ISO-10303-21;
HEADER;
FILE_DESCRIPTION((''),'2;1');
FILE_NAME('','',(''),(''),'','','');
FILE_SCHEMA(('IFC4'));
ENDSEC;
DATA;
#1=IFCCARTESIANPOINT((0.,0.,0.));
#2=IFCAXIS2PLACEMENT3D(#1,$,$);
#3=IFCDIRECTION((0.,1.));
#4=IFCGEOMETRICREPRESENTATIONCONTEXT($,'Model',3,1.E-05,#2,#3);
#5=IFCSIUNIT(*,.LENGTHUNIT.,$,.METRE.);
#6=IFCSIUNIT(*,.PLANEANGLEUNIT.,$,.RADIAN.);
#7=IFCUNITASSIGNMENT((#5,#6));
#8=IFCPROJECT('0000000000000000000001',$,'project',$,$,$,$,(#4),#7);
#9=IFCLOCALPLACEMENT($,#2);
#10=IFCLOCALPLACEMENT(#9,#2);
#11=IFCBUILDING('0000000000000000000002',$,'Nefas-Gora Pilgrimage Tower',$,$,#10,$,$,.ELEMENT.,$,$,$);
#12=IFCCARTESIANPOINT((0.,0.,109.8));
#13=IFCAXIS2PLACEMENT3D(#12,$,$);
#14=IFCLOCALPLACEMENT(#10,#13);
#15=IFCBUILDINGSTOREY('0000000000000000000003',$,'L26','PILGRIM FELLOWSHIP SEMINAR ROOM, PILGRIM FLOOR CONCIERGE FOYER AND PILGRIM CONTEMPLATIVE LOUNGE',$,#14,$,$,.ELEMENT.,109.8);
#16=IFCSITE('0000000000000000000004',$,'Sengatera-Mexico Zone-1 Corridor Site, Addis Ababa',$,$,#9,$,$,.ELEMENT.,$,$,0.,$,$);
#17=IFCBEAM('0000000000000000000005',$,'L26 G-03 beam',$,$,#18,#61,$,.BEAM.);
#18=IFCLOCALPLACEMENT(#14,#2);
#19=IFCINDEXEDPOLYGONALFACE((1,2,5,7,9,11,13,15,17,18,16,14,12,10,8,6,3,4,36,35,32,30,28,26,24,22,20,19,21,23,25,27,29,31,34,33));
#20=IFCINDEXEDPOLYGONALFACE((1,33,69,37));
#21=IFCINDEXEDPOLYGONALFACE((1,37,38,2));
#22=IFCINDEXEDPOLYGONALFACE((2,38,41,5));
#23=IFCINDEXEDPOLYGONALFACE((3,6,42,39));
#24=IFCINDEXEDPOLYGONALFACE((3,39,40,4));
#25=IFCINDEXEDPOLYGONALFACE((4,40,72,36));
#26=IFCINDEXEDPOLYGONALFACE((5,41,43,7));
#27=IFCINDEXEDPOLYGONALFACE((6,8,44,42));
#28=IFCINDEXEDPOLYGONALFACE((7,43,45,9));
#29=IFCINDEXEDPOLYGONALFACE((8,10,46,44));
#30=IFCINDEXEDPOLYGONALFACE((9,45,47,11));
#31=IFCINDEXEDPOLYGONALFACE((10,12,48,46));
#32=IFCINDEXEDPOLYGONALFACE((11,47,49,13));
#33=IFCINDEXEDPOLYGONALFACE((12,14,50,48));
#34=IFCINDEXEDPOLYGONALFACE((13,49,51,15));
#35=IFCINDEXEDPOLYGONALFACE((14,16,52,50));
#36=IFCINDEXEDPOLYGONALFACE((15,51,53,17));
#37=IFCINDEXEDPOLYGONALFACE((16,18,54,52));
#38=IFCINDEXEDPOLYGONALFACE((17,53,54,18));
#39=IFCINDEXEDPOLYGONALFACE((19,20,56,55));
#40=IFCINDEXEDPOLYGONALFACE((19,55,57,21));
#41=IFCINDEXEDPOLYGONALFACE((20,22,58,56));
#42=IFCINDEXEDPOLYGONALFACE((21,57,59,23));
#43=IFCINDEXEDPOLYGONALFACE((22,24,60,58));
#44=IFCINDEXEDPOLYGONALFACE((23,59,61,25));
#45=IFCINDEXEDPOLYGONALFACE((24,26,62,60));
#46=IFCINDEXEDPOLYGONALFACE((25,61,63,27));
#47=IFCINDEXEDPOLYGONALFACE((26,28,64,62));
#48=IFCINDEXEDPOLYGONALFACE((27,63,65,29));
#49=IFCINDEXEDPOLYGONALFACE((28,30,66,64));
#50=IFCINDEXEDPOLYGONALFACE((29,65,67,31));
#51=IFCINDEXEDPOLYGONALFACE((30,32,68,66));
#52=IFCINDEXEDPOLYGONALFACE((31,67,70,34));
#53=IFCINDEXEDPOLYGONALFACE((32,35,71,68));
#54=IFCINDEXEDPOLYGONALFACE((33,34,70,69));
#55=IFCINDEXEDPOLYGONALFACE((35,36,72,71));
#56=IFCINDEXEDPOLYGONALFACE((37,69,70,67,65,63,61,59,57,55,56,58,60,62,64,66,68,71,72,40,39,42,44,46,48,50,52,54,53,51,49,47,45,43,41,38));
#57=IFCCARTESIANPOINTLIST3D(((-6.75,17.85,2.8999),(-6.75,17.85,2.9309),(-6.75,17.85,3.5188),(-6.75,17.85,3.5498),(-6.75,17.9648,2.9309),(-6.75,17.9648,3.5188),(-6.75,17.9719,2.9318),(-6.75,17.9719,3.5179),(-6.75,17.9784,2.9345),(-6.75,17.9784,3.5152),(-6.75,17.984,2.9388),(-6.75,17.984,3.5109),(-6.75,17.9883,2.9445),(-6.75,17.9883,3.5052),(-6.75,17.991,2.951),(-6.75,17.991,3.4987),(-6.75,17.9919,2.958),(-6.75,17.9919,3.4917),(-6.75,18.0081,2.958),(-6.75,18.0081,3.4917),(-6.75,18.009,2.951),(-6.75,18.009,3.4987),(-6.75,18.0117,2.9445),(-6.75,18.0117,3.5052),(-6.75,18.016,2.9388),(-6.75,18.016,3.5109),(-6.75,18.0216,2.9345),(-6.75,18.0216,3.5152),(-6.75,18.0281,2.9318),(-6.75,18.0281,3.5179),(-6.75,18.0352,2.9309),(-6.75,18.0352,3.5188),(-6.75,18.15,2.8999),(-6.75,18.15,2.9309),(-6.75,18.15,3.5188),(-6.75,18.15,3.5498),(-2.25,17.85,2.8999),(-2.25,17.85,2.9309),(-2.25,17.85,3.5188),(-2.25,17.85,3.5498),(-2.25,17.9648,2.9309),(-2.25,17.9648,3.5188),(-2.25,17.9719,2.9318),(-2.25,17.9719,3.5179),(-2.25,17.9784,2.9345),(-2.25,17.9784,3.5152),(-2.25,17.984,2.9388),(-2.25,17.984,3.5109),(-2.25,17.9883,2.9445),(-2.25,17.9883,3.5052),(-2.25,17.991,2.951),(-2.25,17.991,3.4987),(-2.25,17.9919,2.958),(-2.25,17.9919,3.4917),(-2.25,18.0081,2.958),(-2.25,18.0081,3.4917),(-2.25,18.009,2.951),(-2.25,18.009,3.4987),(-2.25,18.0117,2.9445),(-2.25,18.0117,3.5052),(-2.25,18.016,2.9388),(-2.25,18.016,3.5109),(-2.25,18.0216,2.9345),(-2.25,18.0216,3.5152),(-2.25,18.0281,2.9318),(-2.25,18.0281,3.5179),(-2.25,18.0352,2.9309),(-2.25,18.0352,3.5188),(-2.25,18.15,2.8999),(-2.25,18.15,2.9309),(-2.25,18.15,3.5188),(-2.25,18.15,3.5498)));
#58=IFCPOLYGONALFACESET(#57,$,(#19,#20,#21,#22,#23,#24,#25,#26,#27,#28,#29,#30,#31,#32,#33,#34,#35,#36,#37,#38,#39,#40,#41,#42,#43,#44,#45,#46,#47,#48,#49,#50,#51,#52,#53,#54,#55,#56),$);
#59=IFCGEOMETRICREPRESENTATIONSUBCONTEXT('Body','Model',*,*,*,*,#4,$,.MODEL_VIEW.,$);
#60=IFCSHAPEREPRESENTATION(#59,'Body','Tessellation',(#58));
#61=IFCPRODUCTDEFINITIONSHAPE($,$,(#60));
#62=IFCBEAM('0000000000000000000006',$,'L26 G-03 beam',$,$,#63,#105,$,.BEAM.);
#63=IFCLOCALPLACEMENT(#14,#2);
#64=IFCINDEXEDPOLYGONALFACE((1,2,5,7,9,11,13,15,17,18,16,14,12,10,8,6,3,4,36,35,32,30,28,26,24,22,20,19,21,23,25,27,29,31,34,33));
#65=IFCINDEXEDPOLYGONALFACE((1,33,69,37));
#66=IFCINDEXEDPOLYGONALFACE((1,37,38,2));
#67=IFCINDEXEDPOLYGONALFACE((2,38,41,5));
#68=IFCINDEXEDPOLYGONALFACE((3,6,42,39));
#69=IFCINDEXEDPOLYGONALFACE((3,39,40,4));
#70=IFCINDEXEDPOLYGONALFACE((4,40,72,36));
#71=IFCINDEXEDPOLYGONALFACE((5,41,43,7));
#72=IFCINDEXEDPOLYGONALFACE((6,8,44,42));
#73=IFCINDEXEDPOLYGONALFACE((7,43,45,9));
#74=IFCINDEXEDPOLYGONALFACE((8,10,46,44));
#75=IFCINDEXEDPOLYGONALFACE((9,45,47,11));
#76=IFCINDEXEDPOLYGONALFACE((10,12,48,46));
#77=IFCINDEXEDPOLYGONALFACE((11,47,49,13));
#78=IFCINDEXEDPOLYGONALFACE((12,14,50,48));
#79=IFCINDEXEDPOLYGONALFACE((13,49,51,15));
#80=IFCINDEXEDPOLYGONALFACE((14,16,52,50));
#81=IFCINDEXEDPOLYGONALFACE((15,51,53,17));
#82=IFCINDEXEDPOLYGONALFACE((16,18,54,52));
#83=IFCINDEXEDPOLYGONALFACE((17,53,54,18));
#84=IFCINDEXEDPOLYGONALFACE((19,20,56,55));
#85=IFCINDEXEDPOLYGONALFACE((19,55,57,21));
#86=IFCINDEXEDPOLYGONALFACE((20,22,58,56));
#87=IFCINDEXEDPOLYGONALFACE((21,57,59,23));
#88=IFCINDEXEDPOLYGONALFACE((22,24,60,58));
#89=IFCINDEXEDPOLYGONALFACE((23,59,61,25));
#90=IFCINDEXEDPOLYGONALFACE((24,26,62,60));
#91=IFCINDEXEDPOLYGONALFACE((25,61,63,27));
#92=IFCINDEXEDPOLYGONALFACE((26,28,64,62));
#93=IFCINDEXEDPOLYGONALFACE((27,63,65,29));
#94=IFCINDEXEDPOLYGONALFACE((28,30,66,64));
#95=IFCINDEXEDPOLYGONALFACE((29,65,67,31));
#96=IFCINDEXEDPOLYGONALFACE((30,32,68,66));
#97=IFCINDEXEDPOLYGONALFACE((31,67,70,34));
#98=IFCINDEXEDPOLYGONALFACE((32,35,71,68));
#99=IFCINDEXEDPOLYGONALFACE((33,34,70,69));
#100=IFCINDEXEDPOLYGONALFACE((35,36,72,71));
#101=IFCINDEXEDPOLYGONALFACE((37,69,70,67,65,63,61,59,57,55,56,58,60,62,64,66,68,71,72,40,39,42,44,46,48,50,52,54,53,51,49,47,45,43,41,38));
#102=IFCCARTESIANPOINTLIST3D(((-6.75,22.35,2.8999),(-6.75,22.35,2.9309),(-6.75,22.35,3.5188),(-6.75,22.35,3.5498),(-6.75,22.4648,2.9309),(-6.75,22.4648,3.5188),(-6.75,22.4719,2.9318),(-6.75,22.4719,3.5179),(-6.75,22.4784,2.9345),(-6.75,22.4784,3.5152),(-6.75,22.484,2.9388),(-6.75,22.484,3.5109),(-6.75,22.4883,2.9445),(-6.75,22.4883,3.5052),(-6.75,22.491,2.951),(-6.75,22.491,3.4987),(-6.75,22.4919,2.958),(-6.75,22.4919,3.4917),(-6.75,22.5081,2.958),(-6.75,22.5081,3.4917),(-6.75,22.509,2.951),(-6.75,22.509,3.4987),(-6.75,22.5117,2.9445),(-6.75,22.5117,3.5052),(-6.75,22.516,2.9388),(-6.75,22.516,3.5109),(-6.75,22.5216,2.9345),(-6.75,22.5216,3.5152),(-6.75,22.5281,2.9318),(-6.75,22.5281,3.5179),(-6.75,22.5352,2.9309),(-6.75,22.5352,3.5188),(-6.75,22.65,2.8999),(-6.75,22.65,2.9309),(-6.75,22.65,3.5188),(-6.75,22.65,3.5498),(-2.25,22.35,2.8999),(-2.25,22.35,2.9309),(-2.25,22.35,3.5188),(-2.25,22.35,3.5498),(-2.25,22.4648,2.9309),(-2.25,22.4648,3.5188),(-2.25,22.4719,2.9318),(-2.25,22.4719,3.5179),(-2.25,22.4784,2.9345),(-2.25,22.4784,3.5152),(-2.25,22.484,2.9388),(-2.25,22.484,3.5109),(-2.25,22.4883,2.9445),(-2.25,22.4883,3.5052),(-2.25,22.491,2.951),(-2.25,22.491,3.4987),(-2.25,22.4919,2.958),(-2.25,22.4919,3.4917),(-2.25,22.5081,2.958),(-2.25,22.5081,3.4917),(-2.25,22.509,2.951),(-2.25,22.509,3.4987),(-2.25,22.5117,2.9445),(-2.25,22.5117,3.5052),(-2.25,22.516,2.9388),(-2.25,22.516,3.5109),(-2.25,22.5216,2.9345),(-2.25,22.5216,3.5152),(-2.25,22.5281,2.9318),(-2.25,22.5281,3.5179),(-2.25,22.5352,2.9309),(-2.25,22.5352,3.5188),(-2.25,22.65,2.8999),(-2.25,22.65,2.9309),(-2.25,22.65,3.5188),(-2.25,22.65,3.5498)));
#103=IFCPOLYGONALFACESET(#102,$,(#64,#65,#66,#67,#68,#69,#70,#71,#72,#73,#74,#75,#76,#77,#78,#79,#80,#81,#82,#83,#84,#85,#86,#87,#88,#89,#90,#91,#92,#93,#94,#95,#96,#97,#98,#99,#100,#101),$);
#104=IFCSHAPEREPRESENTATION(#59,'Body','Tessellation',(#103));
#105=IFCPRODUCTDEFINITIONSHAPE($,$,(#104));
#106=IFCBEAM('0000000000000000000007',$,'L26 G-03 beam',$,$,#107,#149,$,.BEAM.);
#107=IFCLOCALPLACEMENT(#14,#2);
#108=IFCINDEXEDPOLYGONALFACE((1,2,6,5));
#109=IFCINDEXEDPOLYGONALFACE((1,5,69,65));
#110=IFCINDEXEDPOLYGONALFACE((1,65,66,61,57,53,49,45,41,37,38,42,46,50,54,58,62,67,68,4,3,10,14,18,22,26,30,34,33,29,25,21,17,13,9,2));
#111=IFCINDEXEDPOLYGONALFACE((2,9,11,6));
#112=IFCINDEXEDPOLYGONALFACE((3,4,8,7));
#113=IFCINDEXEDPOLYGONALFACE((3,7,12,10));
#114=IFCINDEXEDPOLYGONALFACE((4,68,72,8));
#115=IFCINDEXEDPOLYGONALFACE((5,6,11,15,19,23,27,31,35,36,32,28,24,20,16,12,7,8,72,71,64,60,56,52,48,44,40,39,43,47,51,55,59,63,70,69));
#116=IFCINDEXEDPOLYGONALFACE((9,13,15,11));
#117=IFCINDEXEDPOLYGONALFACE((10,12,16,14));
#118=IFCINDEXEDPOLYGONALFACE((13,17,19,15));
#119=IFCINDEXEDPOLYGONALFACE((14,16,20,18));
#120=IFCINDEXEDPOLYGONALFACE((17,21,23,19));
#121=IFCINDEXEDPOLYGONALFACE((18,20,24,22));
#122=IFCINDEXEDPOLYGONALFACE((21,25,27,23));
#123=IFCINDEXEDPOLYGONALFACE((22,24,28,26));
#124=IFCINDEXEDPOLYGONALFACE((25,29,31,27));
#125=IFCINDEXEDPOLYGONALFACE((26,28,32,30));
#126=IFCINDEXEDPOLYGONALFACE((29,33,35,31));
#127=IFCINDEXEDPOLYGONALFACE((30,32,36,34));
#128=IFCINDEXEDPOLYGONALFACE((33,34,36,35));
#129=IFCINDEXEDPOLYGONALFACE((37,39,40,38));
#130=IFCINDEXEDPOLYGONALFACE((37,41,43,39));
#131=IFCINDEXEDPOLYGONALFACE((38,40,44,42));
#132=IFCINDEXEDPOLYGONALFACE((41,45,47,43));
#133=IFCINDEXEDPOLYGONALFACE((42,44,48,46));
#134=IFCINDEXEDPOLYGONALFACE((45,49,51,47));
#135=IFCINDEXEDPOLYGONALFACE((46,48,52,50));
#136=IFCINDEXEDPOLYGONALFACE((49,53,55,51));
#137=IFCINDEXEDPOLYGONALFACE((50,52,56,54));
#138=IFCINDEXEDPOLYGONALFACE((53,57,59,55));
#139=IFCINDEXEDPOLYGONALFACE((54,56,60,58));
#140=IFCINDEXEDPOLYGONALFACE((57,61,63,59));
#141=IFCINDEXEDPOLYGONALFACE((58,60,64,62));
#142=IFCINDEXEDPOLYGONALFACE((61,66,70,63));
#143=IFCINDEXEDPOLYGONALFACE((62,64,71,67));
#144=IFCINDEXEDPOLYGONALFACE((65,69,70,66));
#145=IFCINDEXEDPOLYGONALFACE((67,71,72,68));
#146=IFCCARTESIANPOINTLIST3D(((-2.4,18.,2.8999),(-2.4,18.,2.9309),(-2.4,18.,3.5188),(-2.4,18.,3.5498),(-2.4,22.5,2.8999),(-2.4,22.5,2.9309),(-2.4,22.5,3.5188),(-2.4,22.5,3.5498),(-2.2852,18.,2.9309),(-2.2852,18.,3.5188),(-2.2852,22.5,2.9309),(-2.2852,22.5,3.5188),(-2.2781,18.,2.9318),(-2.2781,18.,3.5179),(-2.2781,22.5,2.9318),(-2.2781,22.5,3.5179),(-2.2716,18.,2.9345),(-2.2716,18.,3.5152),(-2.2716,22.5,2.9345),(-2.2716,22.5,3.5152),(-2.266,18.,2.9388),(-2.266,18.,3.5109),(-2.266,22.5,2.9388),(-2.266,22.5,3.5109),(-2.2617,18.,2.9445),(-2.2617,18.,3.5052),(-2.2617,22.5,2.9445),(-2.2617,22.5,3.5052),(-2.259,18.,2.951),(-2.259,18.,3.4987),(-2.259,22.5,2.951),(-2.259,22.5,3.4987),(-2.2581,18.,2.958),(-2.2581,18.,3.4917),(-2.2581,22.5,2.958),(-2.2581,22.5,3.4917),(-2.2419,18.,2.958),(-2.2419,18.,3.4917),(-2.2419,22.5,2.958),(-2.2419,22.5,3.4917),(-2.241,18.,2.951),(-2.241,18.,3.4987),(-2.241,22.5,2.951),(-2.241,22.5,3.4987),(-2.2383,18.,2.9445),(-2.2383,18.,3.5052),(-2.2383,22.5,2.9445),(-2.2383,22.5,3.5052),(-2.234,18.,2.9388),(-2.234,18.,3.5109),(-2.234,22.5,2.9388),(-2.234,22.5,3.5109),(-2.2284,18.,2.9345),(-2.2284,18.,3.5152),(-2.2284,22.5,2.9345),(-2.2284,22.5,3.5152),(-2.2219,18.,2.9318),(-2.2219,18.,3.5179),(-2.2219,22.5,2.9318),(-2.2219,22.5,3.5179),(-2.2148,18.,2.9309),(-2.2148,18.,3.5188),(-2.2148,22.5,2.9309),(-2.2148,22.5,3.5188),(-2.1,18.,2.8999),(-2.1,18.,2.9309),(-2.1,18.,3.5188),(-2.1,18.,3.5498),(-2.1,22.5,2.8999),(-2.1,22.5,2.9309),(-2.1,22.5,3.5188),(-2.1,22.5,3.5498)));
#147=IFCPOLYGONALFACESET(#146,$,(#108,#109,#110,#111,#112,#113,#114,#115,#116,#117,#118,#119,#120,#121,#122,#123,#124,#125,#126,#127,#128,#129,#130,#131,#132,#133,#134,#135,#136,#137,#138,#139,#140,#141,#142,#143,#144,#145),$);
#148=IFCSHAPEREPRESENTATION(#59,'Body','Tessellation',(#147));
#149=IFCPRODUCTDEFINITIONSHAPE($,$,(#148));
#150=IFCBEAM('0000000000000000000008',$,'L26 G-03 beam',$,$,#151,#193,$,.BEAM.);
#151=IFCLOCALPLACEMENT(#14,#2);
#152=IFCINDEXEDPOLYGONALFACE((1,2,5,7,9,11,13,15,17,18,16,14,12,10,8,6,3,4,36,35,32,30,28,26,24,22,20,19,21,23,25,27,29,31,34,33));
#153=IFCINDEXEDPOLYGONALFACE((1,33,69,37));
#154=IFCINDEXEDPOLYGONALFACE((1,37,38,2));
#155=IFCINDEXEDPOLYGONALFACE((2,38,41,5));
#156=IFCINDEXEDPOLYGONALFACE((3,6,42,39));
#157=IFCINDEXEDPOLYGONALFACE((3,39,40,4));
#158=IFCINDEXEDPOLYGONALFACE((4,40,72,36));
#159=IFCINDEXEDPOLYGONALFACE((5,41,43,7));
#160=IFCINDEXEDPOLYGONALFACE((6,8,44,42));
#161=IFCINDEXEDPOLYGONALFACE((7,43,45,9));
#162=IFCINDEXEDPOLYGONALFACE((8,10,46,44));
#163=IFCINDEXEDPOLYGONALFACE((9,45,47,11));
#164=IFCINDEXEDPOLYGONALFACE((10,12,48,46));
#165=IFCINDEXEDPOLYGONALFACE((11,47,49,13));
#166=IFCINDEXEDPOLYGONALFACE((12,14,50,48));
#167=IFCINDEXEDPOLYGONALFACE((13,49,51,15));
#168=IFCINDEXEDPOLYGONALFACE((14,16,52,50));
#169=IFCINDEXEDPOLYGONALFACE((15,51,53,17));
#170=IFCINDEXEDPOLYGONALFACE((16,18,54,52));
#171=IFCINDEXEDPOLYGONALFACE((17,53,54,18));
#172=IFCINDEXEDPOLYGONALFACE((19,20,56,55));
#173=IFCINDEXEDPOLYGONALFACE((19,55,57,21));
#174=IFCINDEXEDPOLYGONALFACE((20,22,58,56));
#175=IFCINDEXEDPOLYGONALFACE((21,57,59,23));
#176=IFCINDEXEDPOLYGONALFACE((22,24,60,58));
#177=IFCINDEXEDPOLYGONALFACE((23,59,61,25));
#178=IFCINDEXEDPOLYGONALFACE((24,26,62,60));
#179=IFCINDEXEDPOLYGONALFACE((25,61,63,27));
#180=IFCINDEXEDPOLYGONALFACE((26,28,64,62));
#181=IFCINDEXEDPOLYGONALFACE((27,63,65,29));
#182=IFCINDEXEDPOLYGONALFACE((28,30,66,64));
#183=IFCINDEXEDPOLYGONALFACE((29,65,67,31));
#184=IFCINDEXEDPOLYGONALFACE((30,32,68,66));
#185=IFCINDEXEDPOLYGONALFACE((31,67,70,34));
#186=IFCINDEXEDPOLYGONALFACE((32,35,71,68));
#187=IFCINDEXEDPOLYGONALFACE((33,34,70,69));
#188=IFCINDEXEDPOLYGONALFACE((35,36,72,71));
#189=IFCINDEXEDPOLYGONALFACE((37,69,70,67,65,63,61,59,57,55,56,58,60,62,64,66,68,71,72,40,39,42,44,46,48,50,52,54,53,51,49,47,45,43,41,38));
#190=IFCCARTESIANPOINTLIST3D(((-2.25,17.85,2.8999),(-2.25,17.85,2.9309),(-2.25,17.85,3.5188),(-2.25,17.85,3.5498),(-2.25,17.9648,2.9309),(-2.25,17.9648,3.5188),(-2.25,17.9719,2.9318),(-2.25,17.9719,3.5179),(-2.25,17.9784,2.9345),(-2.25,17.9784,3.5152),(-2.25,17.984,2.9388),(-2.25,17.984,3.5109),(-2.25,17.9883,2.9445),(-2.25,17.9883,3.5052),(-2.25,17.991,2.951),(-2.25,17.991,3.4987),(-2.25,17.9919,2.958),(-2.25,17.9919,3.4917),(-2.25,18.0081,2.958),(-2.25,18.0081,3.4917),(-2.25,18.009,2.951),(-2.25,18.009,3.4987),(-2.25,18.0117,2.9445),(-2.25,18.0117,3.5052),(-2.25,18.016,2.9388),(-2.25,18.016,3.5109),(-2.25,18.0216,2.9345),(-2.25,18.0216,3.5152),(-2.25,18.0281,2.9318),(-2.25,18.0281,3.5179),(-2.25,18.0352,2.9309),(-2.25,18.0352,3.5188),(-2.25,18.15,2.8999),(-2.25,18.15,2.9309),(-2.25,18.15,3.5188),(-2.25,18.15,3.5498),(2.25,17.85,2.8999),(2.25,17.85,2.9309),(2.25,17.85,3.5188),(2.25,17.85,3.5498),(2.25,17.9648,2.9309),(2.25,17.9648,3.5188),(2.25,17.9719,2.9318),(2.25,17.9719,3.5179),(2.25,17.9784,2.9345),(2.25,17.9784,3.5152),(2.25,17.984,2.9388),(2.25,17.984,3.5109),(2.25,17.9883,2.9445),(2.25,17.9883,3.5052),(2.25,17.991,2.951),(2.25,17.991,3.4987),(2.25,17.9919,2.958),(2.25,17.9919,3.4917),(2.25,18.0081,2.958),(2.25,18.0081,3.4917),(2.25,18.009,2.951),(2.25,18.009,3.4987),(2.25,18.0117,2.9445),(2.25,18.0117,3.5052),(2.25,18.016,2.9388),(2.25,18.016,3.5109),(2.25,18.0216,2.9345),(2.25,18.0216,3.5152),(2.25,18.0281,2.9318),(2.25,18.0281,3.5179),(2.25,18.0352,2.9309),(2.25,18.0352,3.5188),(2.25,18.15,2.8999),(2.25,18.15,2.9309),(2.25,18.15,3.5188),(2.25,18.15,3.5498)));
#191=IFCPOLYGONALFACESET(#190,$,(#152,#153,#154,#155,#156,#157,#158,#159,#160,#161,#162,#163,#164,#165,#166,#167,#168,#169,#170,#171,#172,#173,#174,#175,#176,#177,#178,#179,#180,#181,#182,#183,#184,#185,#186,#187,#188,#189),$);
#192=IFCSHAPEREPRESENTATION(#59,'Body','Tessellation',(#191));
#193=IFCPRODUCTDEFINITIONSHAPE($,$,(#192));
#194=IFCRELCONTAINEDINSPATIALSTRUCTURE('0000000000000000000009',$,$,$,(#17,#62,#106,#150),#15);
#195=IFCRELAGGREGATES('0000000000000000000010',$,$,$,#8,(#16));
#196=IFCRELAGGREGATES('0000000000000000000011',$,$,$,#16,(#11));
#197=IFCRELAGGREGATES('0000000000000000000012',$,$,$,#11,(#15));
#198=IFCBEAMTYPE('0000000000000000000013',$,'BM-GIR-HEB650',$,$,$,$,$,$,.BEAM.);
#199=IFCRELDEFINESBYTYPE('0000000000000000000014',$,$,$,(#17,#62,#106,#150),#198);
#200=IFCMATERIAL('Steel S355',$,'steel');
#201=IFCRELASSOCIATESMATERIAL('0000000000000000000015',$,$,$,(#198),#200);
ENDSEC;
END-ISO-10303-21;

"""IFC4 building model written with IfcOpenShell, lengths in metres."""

from ifc_helpers import new_model, si_unit, direction, frame, origin, origin_2d, place, context, subcontext, project, spatial, i_section, extrude, source, transform, mapped, material, material_profile, profile_set, type_object, element, save


model = new_model("IFC4")

# Units and contexts
model_context = context("Model", 3, precision=1e-05, world=origin(), true_north=direction((0.0, 1.0)))
body_context = subcontext(model_context, "Body", "Model", "MODEL_VIEW")
ifc_project = project(units=[si_unit("LENGTHUNIT", "METRE"), si_unit("PLANEANGLEUNIT", "RADIAN")], contexts=[model_context])

# Site, building, storey
site_placement = place(None, origin())
site = spatial("IfcSite", under=ifc_project, at=site_placement, Name="Sengatera-Mexico Zone-1 Corridor Site, Addis Ababa", CompositionType="ELEMENT", RefElevation=0.0)
building_placement = place(site_placement, origin())
building = spatial("IfcBuilding", under=site, at=building_placement, Name="Nefas-Gora Pilgrimage Tower", CompositionType="ELEMENT")
storey_placement = place(building_placement, frame((0.0, 0.0, 109.8)))
storey = spatial("IfcBuildingStorey", under=building, at=storey_placement, Name="L26", Description="PILGRIM FELLOWSHIP SEMINAR ROOM, PILGRIM FLOOR CONCIERGE FOYER AND PILGRIM CONTEMPLATIVE LOUNGE", CompositionType="ELEMENT", Elevation=109.8)

# Beams
ifc_material_1 = material(Name="Steel S355", Category="steel")
ifc_material_profile_1 = material_profile(ifc_material_1, i_section(OverallWidth=0.3, OverallDepth=0.6499, WebThickness=0.0161, FlangeThickness=0.031, FilletRadius=0.0271, at=origin_2d()), Name="HEB 650")
ifc_profile_set_1 = profile_set([ifc_material_profile_1], Name="Steel S355")
beam_type = type_object("IfcBeamType", Name="BM-GIR-HEB650", PredefinedType="BEAM", material=ifc_profile_set_1)
shared_shape_1 = source(origin(), body_context, "Body", "SweptSolid", [
    extrude(i_section(OverallWidth=0.3, OverallDepth=0.6499, WebThickness=0.0161, FlangeThickness=0.031, FilletRadius=0.0271, at=origin_2d()), origin(), (0.0, 0.0, 1.0), 4.5),
])
for number, where, z_axis, x_axis, name in (
    (1, (-6.75, 18.0, 3.2249), (1.0, 0.0, 0.0), (0.0, 1.0, 0.0), "L26 G-03 beam"),
    (2, (-6.75, 22.5, 3.2249), (1.0, 0.0, 0.0), (0.0, 1.0, 0.0), "L26 G-03 beam"),
    (3, (-2.25, 18.0, 3.2249), (0.0, 1.0, 0.0), (-1.0, 0.0, 0.0), "L26 G-03 beam"),
    (4, (-2.25, 18.0, 3.2249), (1.0, 0.0, 0.0), (0.0, 1.0, 0.0), "L26 G-03 beam"),
):
    element("IfcBeam", number, at=place(storey_placement, frame(where, z_axis=z_axis, x_axis=x_axis)), inside=storey, type_object=beam_type, Name=name, PredefinedType="BEAM", context=body_context, shape_type="MappedRepresentation", body=[
        mapped(shared_shape_1, transform((0.0, 0.0, 0.0), x_axis=(1.0, 0.0, 0.0), y_axis=(0.0, 1.0, 0.0), z_axis=(0.0, 0.0, 1.0), scale=1.0)),
    ])

save(model, "model.ifc")
